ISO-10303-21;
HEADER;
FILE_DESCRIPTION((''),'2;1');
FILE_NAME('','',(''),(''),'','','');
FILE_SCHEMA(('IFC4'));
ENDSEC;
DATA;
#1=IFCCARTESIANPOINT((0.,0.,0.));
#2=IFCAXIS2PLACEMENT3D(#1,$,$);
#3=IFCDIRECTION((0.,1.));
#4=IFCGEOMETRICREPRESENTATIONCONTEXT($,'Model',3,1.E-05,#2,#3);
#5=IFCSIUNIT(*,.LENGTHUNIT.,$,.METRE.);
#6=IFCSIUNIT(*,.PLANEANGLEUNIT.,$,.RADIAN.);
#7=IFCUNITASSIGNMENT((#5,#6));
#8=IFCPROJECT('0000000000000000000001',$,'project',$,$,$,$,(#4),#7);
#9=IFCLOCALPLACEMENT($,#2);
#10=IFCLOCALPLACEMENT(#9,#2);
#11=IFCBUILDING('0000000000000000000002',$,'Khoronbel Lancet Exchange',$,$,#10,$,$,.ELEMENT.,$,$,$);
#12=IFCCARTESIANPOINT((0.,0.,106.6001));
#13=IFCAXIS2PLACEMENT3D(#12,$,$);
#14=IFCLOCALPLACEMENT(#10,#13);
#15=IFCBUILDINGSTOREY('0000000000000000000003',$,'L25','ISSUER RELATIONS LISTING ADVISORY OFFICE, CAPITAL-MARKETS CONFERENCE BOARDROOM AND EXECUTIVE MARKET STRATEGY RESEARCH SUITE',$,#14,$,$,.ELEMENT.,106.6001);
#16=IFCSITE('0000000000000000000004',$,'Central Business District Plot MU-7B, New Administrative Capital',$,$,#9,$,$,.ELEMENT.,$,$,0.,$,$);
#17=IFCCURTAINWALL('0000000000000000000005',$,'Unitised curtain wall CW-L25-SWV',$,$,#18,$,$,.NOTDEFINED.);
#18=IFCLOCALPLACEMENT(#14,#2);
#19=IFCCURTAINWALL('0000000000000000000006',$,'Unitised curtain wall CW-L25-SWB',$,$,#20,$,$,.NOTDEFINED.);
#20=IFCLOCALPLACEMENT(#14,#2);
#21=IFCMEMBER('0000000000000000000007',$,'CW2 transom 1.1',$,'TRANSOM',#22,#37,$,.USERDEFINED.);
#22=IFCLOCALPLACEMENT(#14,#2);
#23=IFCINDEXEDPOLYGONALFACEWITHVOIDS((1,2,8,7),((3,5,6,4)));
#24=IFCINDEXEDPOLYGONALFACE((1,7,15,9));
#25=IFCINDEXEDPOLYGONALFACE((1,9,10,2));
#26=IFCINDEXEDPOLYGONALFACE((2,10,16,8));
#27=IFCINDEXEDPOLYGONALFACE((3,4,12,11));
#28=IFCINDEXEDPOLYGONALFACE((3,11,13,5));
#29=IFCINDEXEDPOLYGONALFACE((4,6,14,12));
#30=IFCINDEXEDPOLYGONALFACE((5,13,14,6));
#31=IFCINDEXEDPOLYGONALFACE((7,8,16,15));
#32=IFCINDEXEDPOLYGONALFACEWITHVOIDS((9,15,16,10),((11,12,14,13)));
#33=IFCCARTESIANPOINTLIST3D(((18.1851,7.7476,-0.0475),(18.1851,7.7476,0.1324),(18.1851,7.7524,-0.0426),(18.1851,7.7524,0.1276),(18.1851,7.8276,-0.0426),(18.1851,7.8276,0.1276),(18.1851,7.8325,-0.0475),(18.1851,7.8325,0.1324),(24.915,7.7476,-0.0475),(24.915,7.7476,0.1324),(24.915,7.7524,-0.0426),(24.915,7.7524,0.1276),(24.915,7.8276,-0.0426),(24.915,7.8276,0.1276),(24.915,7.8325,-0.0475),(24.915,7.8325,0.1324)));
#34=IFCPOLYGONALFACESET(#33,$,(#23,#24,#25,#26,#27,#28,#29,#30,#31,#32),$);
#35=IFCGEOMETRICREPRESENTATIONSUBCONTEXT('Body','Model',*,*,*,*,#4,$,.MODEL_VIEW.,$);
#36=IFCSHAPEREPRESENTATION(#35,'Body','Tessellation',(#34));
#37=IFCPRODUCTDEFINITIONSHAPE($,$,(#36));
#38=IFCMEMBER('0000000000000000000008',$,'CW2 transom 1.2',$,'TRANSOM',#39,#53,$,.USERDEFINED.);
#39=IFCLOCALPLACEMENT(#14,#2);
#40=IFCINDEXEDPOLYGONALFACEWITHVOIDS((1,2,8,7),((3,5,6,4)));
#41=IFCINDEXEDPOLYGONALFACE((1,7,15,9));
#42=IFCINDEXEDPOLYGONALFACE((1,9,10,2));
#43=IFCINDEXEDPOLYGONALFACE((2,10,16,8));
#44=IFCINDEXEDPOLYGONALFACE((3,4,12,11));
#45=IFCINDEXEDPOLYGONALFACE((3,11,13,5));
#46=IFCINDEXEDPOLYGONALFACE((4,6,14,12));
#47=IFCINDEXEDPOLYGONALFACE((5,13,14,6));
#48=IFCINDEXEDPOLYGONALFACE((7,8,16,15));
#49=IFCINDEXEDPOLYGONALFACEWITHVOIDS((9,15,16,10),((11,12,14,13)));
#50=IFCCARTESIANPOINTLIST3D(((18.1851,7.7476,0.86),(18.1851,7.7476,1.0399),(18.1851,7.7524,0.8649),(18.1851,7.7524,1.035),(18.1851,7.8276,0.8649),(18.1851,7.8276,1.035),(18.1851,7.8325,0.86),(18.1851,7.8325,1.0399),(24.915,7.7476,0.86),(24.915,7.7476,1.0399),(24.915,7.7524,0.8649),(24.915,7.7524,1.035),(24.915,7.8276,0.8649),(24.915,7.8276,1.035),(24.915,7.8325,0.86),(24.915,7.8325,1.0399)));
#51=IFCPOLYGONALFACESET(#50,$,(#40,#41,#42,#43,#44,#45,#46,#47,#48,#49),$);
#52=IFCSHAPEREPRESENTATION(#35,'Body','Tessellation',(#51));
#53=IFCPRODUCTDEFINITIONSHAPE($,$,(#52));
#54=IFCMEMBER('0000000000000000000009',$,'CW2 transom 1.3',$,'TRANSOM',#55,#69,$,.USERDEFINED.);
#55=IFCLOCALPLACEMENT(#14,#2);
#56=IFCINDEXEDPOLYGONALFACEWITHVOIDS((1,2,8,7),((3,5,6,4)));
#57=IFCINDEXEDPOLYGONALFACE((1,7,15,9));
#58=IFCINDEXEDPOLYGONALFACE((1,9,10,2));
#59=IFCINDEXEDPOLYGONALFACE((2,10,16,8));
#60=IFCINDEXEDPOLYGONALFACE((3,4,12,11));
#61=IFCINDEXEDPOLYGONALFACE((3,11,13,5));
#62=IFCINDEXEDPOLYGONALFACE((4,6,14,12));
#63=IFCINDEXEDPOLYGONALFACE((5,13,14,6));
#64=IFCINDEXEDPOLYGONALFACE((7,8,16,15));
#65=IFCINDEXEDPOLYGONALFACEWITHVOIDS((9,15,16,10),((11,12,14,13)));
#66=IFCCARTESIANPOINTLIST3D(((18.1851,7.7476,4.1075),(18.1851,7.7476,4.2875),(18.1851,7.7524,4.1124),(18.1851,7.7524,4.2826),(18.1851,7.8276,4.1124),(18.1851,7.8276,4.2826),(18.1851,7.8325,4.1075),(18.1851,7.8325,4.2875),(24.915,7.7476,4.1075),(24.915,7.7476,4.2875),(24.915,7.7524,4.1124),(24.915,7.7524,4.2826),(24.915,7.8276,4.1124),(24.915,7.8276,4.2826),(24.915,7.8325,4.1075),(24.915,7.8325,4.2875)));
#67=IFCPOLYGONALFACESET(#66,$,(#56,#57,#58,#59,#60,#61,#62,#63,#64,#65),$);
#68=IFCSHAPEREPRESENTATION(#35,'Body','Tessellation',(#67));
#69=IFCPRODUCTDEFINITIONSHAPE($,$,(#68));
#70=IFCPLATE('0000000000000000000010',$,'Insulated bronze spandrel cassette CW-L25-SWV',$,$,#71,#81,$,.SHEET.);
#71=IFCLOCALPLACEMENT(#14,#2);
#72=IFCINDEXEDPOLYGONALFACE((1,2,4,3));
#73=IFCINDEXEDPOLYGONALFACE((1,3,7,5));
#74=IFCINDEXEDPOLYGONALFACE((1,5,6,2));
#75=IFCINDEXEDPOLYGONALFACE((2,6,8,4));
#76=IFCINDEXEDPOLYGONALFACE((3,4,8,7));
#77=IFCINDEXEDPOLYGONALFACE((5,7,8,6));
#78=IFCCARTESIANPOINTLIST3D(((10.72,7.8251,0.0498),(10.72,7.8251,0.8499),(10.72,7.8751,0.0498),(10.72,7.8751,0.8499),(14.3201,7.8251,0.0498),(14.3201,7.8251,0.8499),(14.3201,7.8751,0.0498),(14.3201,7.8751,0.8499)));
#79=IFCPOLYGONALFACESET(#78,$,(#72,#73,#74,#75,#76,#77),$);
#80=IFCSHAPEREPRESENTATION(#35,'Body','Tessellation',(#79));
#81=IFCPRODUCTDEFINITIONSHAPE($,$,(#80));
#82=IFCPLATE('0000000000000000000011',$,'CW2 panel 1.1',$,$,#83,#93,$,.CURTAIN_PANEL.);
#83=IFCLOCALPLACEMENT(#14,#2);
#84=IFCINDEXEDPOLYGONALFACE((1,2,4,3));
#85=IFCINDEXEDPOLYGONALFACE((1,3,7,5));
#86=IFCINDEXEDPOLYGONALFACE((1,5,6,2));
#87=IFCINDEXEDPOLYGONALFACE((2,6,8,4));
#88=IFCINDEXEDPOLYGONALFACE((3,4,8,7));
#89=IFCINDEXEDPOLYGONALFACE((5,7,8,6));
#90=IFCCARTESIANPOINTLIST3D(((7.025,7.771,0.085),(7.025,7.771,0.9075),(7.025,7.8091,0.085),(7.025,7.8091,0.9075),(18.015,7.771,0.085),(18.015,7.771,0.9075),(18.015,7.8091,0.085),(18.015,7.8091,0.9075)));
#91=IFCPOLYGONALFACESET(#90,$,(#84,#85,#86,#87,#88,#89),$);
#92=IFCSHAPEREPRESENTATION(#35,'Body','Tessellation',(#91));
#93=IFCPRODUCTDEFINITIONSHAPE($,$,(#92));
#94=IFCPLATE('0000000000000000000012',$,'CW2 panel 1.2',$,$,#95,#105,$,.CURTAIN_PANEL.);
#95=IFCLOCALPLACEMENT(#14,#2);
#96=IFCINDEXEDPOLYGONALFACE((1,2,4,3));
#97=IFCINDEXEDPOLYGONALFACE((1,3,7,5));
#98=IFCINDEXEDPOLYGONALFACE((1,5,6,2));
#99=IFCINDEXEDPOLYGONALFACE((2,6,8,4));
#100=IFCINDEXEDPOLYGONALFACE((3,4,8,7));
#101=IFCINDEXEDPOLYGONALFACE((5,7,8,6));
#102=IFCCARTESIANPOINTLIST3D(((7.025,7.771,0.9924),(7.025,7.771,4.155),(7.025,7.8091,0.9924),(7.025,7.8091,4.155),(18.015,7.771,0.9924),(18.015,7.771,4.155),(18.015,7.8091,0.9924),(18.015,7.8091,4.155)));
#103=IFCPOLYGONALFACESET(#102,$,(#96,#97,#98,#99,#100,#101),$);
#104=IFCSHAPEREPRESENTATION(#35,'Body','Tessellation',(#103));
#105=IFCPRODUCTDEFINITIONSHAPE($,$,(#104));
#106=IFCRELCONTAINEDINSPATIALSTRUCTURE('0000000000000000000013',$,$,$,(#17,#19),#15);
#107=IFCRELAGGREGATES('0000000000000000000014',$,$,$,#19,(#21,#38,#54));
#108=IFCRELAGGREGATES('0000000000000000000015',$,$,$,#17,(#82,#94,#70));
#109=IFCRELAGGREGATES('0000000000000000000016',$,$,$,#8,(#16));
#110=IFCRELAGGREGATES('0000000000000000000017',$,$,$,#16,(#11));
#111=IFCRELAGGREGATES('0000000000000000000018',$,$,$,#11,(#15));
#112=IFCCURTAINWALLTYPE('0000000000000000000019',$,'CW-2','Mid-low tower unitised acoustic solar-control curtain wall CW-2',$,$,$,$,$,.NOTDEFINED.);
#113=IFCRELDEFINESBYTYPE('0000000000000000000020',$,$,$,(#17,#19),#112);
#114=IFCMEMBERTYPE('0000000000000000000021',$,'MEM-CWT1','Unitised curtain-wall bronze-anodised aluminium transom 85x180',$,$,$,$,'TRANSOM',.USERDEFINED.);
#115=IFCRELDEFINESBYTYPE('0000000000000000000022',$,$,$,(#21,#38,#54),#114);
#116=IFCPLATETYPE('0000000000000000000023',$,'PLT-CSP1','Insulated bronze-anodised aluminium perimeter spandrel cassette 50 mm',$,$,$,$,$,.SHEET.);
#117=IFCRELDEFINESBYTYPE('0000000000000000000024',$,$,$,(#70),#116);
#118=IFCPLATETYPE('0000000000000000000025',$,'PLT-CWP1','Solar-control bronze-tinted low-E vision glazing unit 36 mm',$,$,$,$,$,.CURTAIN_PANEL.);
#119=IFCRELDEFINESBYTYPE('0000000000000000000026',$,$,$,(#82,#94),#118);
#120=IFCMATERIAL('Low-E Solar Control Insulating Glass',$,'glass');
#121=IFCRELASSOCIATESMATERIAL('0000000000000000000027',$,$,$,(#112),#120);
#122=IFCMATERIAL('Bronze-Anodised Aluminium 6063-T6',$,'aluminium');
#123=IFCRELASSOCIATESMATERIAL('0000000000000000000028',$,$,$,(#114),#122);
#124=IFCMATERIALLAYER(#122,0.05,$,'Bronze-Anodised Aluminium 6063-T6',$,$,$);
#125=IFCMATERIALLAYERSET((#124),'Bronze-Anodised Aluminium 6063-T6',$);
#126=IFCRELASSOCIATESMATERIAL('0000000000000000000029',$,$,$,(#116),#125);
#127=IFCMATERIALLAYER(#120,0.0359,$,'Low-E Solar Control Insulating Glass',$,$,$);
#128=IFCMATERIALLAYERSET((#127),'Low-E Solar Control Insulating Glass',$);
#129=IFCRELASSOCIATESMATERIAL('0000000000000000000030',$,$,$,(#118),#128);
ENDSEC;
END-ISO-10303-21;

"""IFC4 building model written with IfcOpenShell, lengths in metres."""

from ifc_helpers import new_model, si_unit, direction, frame, origin, origin_2d, place, context, subcontext, project, spatial, rectangle, hollow_rectangle, extrude, material, layer, layer_set, material_profile, profile_set, type_object, element, aggregate, save


model = new_model("IFC4")

# Units and contexts
model_context = context("Model", 3, precision=1e-05, world=origin(), true_north=direction((0.0, 1.0)))
body_context = subcontext(model_context, "Body", "Model", "MODEL_VIEW")
ifc_project = project(units=[si_unit("LENGTHUNIT", "METRE"), si_unit("PLANEANGLEUNIT", "RADIAN")], contexts=[model_context])

# Site, building, storey
site_placement = place(None, origin())
site = spatial("IfcSite", under=ifc_project, at=site_placement, Name="Central Business District Plot MU-7B, New Administrative Capital", CompositionType="ELEMENT", RefElevation=0.0)
building_placement = place(site_placement, origin())
building = spatial("IfcBuilding", under=site, at=building_placement, Name="Khoronbel Lancet Exchange", CompositionType="ELEMENT")
storey_placement = place(building_placement, frame((0.0, 0.0, 106.6001)))
storey = spatial("IfcBuildingStorey", under=building, at=storey_placement, Name="L25", Description="ISSUER RELATIONS LISTING ADVISORY OFFICE, CAPITAL-MARKETS CONFERENCE BOARDROOM AND EXECUTIVE MARKET STRATEGY RESEARCH SUITE", CompositionType="ELEMENT", Elevation=106.6001)

# Curtain wall
ifc_material_1 = material(Name="Low-E Solar Control Insulating Glass", Category="glass")
curtain_wall_type = type_object("IfcCurtainWallType", Name="CW-2", Description="Mid-low tower unitised acoustic solar-control curtain wall CW-2", PredefinedType="NOTDEFINED", material=ifc_material_1)
curtain_wall_1_placement = place(storey_placement, origin())
curtain_wall_1 = element("IfcCurtainWall", 1, at=curtain_wall_1_placement, inside=storey, type_object=curtain_wall_type, Name="Unitised curtain wall CW-L25-SWV", PredefinedType="NOTDEFINED")
ifc_material_2 = material(Name="Bronze-Anodised Aluminium 6063-T6", Category="aluminium")

# Curtain wall
curtain_wall_2_placement = place(storey_placement, origin())
curtain_wall_2 = element("IfcCurtainWall", 2, at=curtain_wall_2_placement, inside=storey, type_object=curtain_wall_type, Name="Unitised curtain wall CW-L25-SWB", PredefinedType="NOTDEFINED")

# Members
ifc_material_profile_1 = material_profile(ifc_material_2, hollow_rectangle(XDim=0.085, YDim=0.1799, WallThickness=0.0049, at=origin_2d()), Name="ALU TRANSOM 85x180")
ifc_profile_set_1 = profile_set([ifc_material_profile_1], Name="Bronze-Anodised Aluminium 6063-T6")
member_type_1 = type_object("IfcMemberType", Name="MEM-CWT1", Description="Unitised curtain-wall bronze-anodised aluminium transom 85x180", ElementType="TRANSOM", PredefinedType="USERDEFINED", material=ifc_profile_set_1)
member_1_placement = place(storey_placement, frame((18.1851, 7.79, 0.0425), z_axis=(1.0, 0.0, 0.0), x_axis=(0.0, 1.0, 0.0)))
member_1 = element("IfcMember", 3, at=member_1_placement, type_object=member_type_1, Name="CW2 transom 1.1", ObjectType="TRANSOM", PredefinedType="USERDEFINED", context=body_context, shape_type="SweptSolid", body=[
    extrude(hollow_rectangle(XDim=0.085, YDim=0.1799, WallThickness=0.0049, at=origin_2d()), origin(), (0.0, 0.0, 1.0), 6.73),
])
member_2_placement = place(storey_placement, frame((18.1851, 7.79, 0.95), z_axis=(1.0, 0.0, 0.0), x_axis=(0.0, 1.0, 0.0)))
member_2 = element("IfcMember", 4, at=member_2_placement, type_object=member_type_1, Name="CW2 transom 1.2", ObjectType="TRANSOM", PredefinedType="USERDEFINED", context=body_context, shape_type="SweptSolid", body=[
    extrude(hollow_rectangle(XDim=0.085, YDim=0.1799, WallThickness=0.0049, at=origin_2d()), origin(), (0.0, 0.0, 1.0), 6.73),
])
member_3_placement = place(storey_placement, frame((18.1851, 7.79, 4.1975), z_axis=(1.0, 0.0, 0.0), x_axis=(0.0, 1.0, 0.0)))
member_3 = element("IfcMember", 5, at=member_3_placement, type_object=member_type_1, Name="CW2 transom 1.3", ObjectType="TRANSOM", PredefinedType="USERDEFINED", context=body_context, shape_type="SweptSolid", body=[
    extrude(hollow_rectangle(XDim=0.085, YDim=0.1799, WallThickness=0.0049, at=origin_2d()), origin(), (0.0, 0.0, 1.0), 6.73),
])
aggregate(curtain_wall_2, [member_1, member_2, member_3])

# Plates
ifc_layer_1 = layer(ifc_material_2, 0.05, Name="Bronze-Anodised Aluminium 6063-T6")
ifc_layer_set_1 = layer_set([ifc_layer_1], Name="Bronze-Anodised Aluminium 6063-T6")
plate_type_1 = type_object("IfcPlateType", Name="PLT-CSP1", Description="Insulated bronze-anodised aluminium perimeter spandrel cassette 50 mm", PredefinedType="SHEET", material=ifc_layer_set_1)
plate_1_placement = place(storey_placement, frame((12.52, 7.8501, 0.0498), z_axis=(0.0, 0.0, 1.0), x_axis=(1.0, 0.0, 0.0)))
plate_1 = element("IfcPlate", 6, at=plate_1_placement, type_object=plate_type_1, Name="Insulated bronze spandrel cassette CW-L25-SWV", PredefinedType="SHEET", context=body_context, shape_type="SweptSolid", body=[
    extrude(rectangle(XDim=3.6001, YDim=0.05, at=origin_2d()), origin(), (0.0, 0.0, 1.0), 0.8),
])
ifc_layer_2 = layer(ifc_material_1, 0.0359, Name="Low-E Solar Control Insulating Glass")
ifc_layer_set_2 = layer_set([ifc_layer_2], Name="Low-E Solar Control Insulating Glass")
plate_type_2 = type_object("IfcPlateType", Name="PLT-CWP1", Description="Solar-control bronze-tinted low-E vision glazing unit 36 mm", PredefinedType="CURTAIN_PANEL", material=ifc_layer_set_2)
plate_2_placement = place(storey_placement, frame((12.52, 7.79, 0.085), z_axis=(0.0, 0.0, 1.0), x_axis=(1.0, 0.0, 0.0)))
plate_2 = element("IfcPlate", 7, at=plate_2_placement, type_object=plate_type_2, Name="CW2 panel 1.1", PredefinedType="CURTAIN_PANEL", context=body_context, shape_type="SweptSolid", body=[
    extrude(rectangle(XDim=10.99, YDim=0.0381, at=origin_2d()), origin(), (0.0, 0.0, 1.0), 0.8225),
])
plate_3_placement = place(storey_placement, frame((12.52, 7.79, 0.9924), z_axis=(0.0, 0.0, 1.0), x_axis=(1.0, 0.0, 0.0)))
plate_3 = element("IfcPlate", 8, at=plate_3_placement, type_object=plate_type_2, Name="CW2 panel 1.2", PredefinedType="CURTAIN_PANEL", context=body_context, shape_type="SweptSolid", body=[
    extrude(rectangle(XDim=10.99, YDim=0.0381, at=origin_2d()), origin(), (0.0, 0.0, 1.0), 3.1626),
])
aggregate(curtain_wall_1, [plate_2, plate_3, plate_1])

save(model, "model.ifc")
